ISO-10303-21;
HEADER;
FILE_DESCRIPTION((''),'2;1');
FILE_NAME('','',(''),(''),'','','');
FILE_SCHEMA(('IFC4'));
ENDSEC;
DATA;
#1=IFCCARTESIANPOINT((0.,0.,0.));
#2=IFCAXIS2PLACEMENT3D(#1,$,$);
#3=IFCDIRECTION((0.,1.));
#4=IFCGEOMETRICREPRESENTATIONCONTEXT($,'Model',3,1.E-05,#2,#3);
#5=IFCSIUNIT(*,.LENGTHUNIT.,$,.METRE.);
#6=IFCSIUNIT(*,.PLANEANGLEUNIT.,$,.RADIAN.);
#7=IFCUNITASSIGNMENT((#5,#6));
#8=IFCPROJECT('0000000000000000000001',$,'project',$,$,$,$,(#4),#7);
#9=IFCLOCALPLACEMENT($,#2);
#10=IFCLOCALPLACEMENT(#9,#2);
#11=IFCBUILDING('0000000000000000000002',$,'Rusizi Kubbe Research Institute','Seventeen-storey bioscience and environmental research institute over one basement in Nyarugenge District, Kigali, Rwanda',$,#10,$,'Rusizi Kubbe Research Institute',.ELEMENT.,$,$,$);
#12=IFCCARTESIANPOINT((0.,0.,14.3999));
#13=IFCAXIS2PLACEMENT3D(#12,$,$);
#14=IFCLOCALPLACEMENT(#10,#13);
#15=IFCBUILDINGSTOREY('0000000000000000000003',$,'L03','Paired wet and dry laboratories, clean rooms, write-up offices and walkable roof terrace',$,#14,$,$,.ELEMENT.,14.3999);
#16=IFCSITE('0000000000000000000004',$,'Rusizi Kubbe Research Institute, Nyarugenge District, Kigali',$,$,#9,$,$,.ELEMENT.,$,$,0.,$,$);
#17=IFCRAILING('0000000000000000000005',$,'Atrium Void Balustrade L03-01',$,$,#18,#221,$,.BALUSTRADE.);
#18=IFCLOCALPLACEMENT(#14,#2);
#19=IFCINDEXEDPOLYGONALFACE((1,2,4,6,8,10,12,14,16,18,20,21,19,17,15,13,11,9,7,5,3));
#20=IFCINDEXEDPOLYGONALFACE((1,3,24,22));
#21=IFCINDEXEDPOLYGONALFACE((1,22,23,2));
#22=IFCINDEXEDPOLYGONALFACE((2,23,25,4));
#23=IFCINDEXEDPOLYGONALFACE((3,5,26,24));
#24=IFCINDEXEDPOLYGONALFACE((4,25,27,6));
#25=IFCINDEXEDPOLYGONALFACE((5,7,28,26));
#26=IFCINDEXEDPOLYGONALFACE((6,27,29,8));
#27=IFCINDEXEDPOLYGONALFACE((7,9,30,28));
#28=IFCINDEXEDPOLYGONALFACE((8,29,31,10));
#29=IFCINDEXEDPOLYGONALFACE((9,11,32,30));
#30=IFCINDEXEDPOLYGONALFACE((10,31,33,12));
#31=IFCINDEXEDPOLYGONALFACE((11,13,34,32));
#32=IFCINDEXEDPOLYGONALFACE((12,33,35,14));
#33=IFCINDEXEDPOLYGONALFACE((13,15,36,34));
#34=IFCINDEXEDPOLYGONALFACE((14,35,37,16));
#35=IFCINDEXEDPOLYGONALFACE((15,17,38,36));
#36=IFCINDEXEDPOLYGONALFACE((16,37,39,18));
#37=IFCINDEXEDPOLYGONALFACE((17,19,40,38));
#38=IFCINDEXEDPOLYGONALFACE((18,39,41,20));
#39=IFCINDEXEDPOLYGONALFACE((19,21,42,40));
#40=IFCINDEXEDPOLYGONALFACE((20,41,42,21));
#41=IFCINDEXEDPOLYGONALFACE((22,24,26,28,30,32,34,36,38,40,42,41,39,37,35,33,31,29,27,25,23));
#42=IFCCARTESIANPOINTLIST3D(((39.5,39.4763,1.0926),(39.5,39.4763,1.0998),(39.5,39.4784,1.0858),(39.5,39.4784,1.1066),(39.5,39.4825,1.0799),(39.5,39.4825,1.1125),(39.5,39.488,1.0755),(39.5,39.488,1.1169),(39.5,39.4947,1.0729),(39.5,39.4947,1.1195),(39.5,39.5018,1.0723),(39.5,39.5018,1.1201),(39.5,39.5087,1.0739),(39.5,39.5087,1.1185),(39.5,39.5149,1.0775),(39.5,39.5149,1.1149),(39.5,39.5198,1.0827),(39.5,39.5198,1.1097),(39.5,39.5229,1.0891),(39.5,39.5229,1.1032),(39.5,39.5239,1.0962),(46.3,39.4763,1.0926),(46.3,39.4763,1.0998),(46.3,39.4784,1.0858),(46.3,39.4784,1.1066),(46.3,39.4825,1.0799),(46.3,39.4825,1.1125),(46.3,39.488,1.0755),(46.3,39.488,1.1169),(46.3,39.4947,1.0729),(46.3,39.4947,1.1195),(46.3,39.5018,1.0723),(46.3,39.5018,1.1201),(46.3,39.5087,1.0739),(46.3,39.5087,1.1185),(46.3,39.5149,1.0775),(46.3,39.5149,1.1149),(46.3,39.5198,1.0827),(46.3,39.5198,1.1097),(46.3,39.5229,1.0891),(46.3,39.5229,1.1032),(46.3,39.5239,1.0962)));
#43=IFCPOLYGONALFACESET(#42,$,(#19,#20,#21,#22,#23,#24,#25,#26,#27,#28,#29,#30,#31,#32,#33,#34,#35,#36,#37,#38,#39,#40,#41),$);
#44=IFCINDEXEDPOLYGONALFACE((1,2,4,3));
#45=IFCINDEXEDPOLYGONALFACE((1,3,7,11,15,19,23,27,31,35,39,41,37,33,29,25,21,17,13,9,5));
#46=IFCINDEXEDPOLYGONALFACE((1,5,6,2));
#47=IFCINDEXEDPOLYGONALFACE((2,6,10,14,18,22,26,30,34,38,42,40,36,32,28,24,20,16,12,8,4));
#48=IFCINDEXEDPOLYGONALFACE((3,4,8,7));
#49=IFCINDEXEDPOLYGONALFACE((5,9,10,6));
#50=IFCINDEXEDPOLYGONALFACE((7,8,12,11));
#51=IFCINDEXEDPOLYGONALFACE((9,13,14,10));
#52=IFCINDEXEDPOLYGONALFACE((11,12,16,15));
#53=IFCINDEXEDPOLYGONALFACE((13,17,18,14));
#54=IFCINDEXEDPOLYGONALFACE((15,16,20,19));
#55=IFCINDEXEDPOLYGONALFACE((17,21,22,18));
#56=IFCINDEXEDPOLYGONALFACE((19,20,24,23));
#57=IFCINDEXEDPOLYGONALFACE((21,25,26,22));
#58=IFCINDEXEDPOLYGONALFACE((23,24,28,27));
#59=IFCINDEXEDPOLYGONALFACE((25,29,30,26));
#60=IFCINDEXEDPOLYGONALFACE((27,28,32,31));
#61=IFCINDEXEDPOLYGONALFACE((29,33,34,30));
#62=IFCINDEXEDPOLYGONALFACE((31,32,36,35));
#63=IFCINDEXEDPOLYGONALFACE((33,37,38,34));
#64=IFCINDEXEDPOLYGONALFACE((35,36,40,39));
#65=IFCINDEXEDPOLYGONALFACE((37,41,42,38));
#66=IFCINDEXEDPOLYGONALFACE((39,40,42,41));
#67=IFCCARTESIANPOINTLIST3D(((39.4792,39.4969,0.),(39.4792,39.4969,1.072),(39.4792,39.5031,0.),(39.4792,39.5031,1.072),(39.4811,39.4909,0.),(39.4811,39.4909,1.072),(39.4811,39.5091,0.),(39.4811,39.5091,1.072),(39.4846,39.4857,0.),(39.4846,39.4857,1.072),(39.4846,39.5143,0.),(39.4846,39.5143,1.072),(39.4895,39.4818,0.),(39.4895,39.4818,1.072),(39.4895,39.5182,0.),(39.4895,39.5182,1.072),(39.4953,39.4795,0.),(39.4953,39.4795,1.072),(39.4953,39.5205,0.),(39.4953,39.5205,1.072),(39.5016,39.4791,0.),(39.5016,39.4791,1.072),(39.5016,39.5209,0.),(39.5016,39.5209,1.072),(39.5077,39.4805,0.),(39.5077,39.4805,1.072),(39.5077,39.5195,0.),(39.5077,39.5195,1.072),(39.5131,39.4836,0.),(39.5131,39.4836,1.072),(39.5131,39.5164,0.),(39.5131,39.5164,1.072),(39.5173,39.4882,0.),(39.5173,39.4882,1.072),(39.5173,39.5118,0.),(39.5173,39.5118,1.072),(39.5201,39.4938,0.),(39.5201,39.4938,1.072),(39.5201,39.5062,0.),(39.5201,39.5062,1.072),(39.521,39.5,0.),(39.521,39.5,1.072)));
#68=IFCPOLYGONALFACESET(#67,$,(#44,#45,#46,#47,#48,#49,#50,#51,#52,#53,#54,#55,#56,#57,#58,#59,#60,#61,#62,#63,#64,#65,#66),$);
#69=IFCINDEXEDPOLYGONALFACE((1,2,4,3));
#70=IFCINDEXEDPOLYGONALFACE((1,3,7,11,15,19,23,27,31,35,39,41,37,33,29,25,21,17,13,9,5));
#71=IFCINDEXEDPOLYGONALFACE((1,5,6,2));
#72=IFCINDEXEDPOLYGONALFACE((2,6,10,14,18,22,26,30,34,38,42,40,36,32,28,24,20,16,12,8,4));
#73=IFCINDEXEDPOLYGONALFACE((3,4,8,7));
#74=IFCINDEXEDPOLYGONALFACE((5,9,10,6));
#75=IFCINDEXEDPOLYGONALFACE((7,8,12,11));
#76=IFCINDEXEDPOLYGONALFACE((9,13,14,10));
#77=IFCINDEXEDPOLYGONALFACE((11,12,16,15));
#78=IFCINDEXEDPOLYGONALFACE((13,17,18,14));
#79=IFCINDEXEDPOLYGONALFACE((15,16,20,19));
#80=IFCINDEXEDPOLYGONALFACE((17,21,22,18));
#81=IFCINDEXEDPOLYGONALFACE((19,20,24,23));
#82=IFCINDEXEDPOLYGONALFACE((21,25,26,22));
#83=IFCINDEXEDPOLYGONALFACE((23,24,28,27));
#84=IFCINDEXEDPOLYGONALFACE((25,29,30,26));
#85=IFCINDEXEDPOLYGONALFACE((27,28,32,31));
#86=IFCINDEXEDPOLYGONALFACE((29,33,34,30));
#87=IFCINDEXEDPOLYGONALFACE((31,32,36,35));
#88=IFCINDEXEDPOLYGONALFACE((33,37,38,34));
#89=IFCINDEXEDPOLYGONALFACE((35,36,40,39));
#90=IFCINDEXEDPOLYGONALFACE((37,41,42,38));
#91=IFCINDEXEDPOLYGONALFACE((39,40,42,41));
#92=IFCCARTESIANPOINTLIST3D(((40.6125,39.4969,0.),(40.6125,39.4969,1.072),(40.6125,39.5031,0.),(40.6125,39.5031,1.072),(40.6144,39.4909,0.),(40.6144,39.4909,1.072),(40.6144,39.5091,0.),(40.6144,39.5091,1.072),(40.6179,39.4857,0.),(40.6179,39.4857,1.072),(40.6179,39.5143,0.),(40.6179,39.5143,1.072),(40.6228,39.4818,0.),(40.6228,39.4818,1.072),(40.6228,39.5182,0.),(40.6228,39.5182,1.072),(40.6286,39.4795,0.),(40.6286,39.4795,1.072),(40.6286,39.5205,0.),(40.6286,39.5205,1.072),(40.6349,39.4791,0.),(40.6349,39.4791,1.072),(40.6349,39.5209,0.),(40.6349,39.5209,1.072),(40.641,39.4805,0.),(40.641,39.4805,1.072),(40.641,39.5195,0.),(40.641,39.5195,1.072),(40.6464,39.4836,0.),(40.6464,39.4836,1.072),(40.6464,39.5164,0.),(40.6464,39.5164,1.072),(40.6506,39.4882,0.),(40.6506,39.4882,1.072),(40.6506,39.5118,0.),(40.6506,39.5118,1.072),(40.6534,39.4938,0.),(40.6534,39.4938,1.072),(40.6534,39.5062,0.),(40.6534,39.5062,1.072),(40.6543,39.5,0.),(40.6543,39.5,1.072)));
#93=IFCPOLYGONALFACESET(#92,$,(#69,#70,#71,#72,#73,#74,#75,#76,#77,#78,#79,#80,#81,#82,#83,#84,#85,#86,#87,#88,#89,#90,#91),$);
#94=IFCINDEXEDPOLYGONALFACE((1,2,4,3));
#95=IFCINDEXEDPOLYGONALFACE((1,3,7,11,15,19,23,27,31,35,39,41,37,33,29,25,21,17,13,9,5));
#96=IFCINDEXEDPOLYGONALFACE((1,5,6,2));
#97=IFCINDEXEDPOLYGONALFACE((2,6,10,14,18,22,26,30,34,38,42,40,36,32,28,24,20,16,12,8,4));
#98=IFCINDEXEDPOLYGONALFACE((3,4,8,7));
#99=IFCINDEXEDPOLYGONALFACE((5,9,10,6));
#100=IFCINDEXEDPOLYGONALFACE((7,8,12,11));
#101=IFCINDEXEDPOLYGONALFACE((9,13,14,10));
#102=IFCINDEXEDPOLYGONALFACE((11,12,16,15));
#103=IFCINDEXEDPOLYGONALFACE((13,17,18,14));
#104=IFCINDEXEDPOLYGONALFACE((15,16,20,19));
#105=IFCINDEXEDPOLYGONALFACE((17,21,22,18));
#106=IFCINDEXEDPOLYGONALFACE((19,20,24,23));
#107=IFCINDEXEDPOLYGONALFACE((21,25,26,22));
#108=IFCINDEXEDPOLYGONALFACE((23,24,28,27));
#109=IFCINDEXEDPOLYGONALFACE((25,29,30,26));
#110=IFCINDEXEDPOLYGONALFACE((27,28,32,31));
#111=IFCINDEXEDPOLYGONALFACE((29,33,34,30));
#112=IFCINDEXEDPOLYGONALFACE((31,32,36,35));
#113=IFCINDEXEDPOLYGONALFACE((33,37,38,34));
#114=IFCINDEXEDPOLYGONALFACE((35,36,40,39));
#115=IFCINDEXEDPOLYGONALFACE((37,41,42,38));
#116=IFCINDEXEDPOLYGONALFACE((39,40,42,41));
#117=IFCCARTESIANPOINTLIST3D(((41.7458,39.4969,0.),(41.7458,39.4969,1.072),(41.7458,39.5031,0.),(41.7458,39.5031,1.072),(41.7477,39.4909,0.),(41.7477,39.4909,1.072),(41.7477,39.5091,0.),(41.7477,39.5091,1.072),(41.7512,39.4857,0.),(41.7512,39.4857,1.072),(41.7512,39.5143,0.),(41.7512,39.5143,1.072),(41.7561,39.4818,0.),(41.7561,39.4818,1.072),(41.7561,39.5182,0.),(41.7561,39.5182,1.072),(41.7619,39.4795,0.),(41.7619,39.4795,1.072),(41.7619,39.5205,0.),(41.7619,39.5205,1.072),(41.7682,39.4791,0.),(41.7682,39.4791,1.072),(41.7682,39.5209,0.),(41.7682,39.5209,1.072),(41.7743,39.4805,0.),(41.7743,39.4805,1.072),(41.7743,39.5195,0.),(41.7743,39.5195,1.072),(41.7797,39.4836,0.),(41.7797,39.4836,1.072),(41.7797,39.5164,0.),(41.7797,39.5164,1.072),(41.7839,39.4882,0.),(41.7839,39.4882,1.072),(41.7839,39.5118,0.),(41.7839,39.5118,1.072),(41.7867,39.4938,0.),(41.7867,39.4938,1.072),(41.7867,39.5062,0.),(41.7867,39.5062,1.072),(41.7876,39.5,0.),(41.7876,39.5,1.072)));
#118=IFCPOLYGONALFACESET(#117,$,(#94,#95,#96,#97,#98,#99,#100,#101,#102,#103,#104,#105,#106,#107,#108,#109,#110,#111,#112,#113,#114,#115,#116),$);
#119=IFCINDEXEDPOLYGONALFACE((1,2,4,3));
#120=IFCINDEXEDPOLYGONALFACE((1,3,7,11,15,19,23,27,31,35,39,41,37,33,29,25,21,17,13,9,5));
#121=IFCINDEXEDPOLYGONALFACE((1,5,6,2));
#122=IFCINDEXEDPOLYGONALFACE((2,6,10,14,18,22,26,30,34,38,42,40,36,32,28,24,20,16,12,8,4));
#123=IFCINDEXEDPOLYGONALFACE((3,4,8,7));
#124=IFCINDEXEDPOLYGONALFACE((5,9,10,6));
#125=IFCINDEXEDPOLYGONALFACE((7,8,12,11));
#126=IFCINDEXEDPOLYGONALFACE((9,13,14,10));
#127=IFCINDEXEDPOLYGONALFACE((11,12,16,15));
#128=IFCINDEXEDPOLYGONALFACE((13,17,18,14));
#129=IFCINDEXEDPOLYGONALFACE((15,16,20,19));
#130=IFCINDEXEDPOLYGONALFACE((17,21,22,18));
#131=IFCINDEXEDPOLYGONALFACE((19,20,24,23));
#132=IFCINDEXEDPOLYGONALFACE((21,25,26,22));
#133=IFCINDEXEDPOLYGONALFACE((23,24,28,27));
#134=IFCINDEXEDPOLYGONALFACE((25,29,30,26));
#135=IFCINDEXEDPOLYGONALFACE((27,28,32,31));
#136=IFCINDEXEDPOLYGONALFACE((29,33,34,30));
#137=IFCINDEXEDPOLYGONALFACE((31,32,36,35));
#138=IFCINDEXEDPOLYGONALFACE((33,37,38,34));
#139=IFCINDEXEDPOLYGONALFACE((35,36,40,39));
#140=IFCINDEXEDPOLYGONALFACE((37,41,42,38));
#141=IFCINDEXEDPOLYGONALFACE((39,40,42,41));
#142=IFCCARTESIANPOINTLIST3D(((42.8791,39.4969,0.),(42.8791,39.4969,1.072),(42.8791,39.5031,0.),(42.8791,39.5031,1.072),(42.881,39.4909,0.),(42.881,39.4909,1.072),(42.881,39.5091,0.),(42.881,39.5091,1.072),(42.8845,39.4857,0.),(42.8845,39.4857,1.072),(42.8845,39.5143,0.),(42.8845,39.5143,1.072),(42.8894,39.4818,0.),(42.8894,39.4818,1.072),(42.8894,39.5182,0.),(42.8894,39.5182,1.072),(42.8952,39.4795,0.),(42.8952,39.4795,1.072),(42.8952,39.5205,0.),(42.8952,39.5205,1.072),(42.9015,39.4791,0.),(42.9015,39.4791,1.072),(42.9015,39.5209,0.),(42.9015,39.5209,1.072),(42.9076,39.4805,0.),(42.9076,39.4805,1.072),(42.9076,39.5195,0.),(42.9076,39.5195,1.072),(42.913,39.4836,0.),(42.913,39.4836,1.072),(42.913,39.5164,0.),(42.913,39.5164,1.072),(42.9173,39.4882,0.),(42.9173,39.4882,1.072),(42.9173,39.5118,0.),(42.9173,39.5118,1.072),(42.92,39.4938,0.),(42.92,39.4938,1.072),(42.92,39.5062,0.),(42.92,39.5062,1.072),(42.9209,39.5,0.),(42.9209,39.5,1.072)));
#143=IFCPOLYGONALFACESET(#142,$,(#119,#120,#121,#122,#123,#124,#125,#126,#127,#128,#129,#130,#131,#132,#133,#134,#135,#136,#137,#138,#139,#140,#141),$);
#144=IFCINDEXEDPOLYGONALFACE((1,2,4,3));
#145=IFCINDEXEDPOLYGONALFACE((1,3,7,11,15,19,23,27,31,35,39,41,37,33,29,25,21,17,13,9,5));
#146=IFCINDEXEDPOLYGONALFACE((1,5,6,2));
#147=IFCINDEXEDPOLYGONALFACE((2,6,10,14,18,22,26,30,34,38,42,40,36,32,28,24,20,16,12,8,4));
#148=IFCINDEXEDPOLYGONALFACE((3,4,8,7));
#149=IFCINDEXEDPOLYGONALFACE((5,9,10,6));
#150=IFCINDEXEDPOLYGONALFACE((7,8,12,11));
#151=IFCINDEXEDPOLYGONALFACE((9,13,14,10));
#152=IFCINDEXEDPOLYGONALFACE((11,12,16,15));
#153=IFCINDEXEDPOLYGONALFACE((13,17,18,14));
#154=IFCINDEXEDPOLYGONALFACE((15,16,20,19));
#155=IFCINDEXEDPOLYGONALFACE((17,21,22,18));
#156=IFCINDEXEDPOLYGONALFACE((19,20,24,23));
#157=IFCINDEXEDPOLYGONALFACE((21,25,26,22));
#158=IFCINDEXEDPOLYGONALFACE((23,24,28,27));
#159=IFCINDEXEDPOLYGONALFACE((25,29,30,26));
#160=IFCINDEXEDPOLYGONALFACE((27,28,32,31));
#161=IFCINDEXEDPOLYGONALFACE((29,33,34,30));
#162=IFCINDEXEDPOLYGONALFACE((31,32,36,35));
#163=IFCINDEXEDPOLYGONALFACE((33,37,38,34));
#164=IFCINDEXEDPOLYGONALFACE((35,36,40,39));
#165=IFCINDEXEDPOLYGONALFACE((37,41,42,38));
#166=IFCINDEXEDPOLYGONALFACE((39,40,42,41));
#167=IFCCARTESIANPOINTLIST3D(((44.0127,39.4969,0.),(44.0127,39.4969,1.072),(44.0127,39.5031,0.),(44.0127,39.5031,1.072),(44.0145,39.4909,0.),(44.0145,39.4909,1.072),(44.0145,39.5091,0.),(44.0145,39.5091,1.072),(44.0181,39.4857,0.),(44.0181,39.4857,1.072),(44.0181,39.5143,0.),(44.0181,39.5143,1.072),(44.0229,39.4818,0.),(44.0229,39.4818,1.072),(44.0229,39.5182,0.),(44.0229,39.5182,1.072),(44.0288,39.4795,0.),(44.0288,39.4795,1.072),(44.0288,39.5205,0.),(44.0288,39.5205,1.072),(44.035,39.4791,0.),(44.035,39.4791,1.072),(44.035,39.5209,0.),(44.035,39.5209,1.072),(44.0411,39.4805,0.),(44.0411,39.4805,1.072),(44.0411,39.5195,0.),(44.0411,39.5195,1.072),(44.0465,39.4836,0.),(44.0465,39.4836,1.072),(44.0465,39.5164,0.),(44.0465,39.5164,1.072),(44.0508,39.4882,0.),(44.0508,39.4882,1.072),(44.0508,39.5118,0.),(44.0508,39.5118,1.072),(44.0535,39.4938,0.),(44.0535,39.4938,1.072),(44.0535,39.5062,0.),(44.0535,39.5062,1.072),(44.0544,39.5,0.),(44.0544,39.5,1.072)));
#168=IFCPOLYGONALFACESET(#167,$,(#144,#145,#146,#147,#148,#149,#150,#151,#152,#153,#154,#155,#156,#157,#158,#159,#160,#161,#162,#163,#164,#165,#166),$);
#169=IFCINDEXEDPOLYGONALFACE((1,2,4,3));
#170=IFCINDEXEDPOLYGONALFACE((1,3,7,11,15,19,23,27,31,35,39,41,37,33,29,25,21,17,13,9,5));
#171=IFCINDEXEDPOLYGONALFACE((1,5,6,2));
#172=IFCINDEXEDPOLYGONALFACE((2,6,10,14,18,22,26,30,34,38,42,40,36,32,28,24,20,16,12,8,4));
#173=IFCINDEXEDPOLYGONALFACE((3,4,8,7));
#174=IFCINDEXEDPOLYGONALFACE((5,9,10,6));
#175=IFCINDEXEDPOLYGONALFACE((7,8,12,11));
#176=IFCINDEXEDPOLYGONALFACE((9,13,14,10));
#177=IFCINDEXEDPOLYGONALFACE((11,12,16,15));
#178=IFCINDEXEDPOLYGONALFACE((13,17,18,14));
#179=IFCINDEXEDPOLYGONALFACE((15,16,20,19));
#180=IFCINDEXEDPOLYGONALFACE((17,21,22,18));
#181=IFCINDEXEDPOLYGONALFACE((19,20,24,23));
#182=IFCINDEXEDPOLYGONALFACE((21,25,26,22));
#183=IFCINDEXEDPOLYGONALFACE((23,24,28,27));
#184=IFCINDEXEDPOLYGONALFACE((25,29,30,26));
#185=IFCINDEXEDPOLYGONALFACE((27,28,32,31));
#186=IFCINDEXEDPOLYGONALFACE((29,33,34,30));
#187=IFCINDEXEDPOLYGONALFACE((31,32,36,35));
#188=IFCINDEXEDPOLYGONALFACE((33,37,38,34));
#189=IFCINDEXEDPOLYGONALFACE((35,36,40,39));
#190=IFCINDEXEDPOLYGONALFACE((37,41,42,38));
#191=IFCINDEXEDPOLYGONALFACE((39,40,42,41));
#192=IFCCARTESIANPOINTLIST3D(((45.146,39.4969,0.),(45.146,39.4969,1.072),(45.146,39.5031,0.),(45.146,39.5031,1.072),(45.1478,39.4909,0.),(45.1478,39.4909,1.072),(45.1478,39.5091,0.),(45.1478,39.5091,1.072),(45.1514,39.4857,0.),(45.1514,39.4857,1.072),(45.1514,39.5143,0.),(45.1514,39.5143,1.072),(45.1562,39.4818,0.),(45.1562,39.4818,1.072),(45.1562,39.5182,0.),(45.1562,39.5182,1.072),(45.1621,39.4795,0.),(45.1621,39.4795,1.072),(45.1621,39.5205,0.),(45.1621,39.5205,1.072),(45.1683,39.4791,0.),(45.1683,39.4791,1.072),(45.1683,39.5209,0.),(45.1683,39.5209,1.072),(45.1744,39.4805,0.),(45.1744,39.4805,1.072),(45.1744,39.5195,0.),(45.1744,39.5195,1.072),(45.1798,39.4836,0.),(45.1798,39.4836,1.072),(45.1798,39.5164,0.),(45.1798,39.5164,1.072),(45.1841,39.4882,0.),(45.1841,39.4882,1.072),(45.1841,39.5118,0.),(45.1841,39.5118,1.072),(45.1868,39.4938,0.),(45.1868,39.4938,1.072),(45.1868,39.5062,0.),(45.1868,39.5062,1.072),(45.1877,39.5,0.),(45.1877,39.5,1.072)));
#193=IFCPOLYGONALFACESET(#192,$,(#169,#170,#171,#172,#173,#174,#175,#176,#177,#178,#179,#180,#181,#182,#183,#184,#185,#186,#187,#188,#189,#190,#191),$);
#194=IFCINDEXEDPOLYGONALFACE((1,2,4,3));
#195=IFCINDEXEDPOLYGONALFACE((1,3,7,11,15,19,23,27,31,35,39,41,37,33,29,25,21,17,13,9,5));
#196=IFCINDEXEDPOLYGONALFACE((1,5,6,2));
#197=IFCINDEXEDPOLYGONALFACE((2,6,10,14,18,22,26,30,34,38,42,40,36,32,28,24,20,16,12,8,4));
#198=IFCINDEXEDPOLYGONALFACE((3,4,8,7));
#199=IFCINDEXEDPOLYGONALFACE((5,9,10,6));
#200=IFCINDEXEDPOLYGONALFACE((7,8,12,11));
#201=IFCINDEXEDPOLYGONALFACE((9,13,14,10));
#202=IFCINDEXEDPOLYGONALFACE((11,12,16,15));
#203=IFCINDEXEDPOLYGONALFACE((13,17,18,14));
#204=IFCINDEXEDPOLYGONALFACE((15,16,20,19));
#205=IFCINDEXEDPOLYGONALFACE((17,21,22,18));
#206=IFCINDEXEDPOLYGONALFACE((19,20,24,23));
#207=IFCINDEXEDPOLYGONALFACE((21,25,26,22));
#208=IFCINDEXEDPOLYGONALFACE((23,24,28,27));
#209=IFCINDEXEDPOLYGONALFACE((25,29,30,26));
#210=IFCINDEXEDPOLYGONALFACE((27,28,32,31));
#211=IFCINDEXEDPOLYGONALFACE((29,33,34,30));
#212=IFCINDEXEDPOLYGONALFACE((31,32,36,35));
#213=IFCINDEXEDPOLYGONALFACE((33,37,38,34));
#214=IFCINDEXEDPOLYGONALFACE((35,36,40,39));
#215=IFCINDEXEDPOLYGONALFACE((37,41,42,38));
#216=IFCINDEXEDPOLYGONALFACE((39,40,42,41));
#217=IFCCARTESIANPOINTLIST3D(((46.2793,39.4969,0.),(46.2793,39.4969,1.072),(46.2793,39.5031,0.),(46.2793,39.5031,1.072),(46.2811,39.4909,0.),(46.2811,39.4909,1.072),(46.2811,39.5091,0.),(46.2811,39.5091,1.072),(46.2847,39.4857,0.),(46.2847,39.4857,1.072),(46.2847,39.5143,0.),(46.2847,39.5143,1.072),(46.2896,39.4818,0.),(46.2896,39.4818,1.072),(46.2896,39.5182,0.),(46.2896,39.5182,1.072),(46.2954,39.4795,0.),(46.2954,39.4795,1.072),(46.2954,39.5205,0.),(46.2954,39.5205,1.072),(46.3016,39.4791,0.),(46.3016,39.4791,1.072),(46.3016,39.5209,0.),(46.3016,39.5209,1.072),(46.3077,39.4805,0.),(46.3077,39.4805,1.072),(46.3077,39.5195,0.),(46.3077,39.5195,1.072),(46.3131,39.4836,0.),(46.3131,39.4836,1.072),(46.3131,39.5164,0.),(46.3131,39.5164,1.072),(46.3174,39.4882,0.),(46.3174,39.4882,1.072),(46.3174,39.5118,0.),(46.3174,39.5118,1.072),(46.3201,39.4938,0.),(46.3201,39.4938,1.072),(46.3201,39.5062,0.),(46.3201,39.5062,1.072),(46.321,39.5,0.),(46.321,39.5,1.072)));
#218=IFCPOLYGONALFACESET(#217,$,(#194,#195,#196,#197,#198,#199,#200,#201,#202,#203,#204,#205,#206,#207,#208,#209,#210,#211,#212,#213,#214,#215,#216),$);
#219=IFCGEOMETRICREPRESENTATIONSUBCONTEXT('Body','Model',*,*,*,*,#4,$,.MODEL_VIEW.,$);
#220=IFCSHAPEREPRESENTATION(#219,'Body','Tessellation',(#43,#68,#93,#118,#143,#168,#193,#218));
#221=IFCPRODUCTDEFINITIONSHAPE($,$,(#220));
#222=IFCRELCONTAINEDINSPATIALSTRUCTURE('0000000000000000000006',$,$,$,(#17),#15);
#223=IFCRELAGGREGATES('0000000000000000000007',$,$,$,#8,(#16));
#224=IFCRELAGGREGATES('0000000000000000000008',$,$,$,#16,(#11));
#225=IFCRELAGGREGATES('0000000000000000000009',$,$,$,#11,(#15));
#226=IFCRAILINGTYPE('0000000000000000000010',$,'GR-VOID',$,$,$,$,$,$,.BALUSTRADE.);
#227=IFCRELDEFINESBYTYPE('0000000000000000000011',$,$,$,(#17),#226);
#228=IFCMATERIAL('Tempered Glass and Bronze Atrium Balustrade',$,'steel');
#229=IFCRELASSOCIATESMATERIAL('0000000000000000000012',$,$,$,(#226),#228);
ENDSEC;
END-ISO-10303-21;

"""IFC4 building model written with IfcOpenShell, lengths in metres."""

from ifc_helpers import new_model, si_unit, direction, frame, origin, origin_2d, place, context, subcontext, project, spatial, circle, extrude, material, type_object, element, save


model = new_model("IFC4")

# Units and contexts
model_context = context("Model", 3, precision=1e-05, world=origin(), true_north=direction((0.0, 1.0)))
body_context = subcontext(model_context, "Body", "Model", "MODEL_VIEW")
ifc_project = project(units=[si_unit("LENGTHUNIT", "METRE"), si_unit("PLANEANGLEUNIT", "RADIAN")], contexts=[model_context])

# Site, building, storey
site_placement = place(None, origin())
site = spatial("IfcSite", under=ifc_project, at=site_placement, Name="Rusizi Kubbe Research Institute, Nyarugenge District, Kigali", CompositionType="ELEMENT", RefElevation=0.0)
building_placement = place(site_placement, origin())
building = spatial("IfcBuilding", under=site, at=building_placement, Name="Rusizi Kubbe Research Institute", Description="Seventeen-storey bioscience and environmental research institute over one basement in Nyarugenge District, Kigali, Rwanda", LongName="Rusizi Kubbe Research Institute", CompositionType="ELEMENT")
storey_placement = place(building_placement, frame((0.0, 0.0, 14.3999)))
storey = spatial("IfcBuildingStorey", under=building, at=storey_placement, Name="L03", Description="Paired wet and dry laboratories, clean rooms, write-up offices and walkable roof terrace", CompositionType="ELEMENT", Elevation=14.3999)

# Railing
ifc_material_1 = material(Name="Tempered Glass and Bronze Atrium Balustrade", Category="steel")
railing_type = type_object("IfcRailingType", Name="GR-VOID", PredefinedType="BALUSTRADE", material=ifc_material_1)
railing_1_placement = place(storey_placement, frame((39.5, 39.5, 0.0)))
element("IfcRailing", 1, at=railing_1_placement, inside=storey, type_object=railing_type, Name="Atrium Void Balustrade L03-01", PredefinedType="BALUSTRADE", context=body_context, shape_type="SweptSolid", body=[
    extrude(circle(Radius=0.0239, at=origin_2d()), frame((0.0, 0.0, 1.0962), z_axis=(1.0, 0.0, 0.0), x_axis=(0.0, 1.0, 0.0)), (0.0, 0.0, 1.0), 6.8),
    extrude(circle(Radius=0.021, at=origin_2d()), origin(), (0.0, 0.0, 1.0), 1.072),
    extrude(circle(Radius=0.021, at=origin_2d()), frame((1.1333, 0.0, 0.0)), (0.0, 0.0, 1.0), 1.072),
    extrude(circle(Radius=0.021, at=origin_2d()), frame((2.2666, 0.0, 0.0)), (0.0, 0.0, 1.0), 1.072),
    extrude(circle(Radius=0.021, at=origin_2d()), frame((3.3999, 0.0, 0.0)), (0.0, 0.0, 1.0), 1.072),
    extrude(circle(Radius=0.021, at=origin_2d()), frame((4.5334, 0.0, 0.0)), (0.0, 0.0, 1.0), 1.072),
    extrude(circle(Radius=0.021, at=origin_2d()), frame((5.6667, 0.0, 0.0)), (0.0, 0.0, 1.0), 1.072),
    extrude(circle(Radius=0.021, at=origin_2d()), frame((6.8, 0.0, 0.0)), (0.0, 0.0, 1.0), 1.072),
])

save(model, "model.ifc")
